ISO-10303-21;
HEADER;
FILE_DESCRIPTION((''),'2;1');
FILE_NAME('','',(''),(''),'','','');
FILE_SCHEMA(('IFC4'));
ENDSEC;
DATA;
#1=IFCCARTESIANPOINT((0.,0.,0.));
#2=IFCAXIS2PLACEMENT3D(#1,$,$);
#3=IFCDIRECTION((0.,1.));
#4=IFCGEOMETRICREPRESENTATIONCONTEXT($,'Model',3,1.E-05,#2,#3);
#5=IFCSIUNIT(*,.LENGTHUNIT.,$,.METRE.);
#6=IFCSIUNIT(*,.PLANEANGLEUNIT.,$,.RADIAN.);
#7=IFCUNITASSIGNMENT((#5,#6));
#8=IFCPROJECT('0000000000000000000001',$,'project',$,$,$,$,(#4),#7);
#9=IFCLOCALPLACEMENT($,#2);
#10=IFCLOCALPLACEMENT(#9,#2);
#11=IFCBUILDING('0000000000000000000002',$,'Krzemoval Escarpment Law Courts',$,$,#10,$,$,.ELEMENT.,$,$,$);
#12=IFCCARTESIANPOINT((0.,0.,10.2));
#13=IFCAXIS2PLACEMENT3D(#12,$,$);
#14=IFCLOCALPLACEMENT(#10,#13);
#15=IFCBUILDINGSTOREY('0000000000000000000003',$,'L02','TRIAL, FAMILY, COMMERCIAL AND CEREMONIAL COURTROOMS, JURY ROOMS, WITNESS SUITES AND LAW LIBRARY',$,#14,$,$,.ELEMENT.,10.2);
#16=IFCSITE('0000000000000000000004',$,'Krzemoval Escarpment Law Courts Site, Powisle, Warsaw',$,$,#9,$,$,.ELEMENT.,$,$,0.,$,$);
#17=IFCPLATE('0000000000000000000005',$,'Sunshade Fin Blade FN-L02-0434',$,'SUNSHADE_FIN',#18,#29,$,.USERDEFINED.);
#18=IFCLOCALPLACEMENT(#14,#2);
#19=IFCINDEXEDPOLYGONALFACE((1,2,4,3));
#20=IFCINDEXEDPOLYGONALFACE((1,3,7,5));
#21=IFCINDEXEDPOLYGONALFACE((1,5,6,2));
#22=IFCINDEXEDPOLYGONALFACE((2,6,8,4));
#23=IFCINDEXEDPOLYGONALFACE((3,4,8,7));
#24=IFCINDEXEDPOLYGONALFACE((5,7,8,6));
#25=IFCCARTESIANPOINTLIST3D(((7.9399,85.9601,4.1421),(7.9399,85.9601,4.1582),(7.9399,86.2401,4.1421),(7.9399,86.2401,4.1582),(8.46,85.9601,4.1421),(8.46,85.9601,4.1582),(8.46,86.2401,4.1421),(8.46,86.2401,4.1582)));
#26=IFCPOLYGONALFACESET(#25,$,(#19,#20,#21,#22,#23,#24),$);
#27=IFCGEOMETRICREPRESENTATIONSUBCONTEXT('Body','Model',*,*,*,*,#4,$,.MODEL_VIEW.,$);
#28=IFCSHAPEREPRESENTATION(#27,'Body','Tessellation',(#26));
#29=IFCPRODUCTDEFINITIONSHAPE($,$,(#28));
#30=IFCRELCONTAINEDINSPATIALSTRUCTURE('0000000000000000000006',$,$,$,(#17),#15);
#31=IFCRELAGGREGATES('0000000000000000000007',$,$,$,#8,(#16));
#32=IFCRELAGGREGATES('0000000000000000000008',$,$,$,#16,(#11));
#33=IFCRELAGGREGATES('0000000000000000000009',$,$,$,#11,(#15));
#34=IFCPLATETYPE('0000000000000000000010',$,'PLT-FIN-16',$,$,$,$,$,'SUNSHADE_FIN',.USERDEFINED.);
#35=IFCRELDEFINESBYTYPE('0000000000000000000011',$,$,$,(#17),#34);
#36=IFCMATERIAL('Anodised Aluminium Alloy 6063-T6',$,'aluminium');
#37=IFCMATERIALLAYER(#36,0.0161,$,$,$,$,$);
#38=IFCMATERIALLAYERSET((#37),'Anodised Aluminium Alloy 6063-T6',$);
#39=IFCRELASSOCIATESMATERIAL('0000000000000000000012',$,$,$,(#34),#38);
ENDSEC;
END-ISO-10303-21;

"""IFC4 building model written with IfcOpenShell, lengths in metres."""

from ifc_helpers import new_model, si_unit, direction, frame, origin, origin_2d, place, context, subcontext, project, spatial, rectangle, extrude, material, layer, layer_set, type_object, element, save


model = new_model("IFC4")

# Units and contexts
model_context = context("Model", 3, precision=1e-05, world=origin(), true_north=direction((0.0, 1.0)))
body_context = subcontext(model_context, "Body", "Model", "MODEL_VIEW")
ifc_project = project(units=[si_unit("LENGTHUNIT", "METRE"), si_unit("PLANEANGLEUNIT", "RADIAN")], contexts=[model_context])

# Site, building, storey
site_placement = place(None, origin())
site = spatial("IfcSite", under=ifc_project, at=site_placement, Name="Krzemoval Escarpment Law Courts Site, Powisle, Warsaw", CompositionType="ELEMENT", RefElevation=0.0)
building_placement = place(site_placement, origin())
building = spatial("IfcBuilding", under=site, at=building_placement, Name="Krzemoval Escarpment Law Courts", CompositionType="ELEMENT")
storey_placement = place(building_placement, frame((0.0, 0.0, 10.2)))
storey = spatial("IfcBuildingStorey", under=building, at=storey_placement, Name="L02", Description="TRIAL, FAMILY, COMMERCIAL AND CEREMONIAL COURTROOMS, JURY ROOMS, WITNESS SUITES AND LAW LIBRARY", CompositionType="ELEMENT", Elevation=10.2)

# Plate
ifc_material_1 = material(Name="Anodised Aluminium Alloy 6063-T6", Category="aluminium")
ifc_layer_1 = layer(ifc_material_1, 0.0161)
ifc_layer_set_1 = layer_set([ifc_layer_1], Name="Anodised Aluminium Alloy 6063-T6")
plate_type_1 = type_object("IfcPlateType", Name="PLT-FIN-16", ElementType="SUNSHADE_FIN", PredefinedType="USERDEFINED", material=ifc_layer_set_1)
plate_1_placement = place(storey_placement, frame((8.2, 86.1001, 4.1421), z_axis=(0.0, 0.0, 1.0), x_axis=(-1.0, 0.0, 0.0)))
element("IfcPlate", 1, at=plate_1_placement, inside=storey, type_object=plate_type_1, Name="Sunshade Fin Blade FN-L02-0434", ObjectType="SUNSHADE_FIN", PredefinedType="USERDEFINED", context=body_context, shape_type="SweptSolid", body=[
    extrude(rectangle(XDim=0.52, YDim=0.28, at=origin_2d()), origin(), (0.0, 0.0, 1.0), 0.0161),
])

save(model, "model.ifc")
